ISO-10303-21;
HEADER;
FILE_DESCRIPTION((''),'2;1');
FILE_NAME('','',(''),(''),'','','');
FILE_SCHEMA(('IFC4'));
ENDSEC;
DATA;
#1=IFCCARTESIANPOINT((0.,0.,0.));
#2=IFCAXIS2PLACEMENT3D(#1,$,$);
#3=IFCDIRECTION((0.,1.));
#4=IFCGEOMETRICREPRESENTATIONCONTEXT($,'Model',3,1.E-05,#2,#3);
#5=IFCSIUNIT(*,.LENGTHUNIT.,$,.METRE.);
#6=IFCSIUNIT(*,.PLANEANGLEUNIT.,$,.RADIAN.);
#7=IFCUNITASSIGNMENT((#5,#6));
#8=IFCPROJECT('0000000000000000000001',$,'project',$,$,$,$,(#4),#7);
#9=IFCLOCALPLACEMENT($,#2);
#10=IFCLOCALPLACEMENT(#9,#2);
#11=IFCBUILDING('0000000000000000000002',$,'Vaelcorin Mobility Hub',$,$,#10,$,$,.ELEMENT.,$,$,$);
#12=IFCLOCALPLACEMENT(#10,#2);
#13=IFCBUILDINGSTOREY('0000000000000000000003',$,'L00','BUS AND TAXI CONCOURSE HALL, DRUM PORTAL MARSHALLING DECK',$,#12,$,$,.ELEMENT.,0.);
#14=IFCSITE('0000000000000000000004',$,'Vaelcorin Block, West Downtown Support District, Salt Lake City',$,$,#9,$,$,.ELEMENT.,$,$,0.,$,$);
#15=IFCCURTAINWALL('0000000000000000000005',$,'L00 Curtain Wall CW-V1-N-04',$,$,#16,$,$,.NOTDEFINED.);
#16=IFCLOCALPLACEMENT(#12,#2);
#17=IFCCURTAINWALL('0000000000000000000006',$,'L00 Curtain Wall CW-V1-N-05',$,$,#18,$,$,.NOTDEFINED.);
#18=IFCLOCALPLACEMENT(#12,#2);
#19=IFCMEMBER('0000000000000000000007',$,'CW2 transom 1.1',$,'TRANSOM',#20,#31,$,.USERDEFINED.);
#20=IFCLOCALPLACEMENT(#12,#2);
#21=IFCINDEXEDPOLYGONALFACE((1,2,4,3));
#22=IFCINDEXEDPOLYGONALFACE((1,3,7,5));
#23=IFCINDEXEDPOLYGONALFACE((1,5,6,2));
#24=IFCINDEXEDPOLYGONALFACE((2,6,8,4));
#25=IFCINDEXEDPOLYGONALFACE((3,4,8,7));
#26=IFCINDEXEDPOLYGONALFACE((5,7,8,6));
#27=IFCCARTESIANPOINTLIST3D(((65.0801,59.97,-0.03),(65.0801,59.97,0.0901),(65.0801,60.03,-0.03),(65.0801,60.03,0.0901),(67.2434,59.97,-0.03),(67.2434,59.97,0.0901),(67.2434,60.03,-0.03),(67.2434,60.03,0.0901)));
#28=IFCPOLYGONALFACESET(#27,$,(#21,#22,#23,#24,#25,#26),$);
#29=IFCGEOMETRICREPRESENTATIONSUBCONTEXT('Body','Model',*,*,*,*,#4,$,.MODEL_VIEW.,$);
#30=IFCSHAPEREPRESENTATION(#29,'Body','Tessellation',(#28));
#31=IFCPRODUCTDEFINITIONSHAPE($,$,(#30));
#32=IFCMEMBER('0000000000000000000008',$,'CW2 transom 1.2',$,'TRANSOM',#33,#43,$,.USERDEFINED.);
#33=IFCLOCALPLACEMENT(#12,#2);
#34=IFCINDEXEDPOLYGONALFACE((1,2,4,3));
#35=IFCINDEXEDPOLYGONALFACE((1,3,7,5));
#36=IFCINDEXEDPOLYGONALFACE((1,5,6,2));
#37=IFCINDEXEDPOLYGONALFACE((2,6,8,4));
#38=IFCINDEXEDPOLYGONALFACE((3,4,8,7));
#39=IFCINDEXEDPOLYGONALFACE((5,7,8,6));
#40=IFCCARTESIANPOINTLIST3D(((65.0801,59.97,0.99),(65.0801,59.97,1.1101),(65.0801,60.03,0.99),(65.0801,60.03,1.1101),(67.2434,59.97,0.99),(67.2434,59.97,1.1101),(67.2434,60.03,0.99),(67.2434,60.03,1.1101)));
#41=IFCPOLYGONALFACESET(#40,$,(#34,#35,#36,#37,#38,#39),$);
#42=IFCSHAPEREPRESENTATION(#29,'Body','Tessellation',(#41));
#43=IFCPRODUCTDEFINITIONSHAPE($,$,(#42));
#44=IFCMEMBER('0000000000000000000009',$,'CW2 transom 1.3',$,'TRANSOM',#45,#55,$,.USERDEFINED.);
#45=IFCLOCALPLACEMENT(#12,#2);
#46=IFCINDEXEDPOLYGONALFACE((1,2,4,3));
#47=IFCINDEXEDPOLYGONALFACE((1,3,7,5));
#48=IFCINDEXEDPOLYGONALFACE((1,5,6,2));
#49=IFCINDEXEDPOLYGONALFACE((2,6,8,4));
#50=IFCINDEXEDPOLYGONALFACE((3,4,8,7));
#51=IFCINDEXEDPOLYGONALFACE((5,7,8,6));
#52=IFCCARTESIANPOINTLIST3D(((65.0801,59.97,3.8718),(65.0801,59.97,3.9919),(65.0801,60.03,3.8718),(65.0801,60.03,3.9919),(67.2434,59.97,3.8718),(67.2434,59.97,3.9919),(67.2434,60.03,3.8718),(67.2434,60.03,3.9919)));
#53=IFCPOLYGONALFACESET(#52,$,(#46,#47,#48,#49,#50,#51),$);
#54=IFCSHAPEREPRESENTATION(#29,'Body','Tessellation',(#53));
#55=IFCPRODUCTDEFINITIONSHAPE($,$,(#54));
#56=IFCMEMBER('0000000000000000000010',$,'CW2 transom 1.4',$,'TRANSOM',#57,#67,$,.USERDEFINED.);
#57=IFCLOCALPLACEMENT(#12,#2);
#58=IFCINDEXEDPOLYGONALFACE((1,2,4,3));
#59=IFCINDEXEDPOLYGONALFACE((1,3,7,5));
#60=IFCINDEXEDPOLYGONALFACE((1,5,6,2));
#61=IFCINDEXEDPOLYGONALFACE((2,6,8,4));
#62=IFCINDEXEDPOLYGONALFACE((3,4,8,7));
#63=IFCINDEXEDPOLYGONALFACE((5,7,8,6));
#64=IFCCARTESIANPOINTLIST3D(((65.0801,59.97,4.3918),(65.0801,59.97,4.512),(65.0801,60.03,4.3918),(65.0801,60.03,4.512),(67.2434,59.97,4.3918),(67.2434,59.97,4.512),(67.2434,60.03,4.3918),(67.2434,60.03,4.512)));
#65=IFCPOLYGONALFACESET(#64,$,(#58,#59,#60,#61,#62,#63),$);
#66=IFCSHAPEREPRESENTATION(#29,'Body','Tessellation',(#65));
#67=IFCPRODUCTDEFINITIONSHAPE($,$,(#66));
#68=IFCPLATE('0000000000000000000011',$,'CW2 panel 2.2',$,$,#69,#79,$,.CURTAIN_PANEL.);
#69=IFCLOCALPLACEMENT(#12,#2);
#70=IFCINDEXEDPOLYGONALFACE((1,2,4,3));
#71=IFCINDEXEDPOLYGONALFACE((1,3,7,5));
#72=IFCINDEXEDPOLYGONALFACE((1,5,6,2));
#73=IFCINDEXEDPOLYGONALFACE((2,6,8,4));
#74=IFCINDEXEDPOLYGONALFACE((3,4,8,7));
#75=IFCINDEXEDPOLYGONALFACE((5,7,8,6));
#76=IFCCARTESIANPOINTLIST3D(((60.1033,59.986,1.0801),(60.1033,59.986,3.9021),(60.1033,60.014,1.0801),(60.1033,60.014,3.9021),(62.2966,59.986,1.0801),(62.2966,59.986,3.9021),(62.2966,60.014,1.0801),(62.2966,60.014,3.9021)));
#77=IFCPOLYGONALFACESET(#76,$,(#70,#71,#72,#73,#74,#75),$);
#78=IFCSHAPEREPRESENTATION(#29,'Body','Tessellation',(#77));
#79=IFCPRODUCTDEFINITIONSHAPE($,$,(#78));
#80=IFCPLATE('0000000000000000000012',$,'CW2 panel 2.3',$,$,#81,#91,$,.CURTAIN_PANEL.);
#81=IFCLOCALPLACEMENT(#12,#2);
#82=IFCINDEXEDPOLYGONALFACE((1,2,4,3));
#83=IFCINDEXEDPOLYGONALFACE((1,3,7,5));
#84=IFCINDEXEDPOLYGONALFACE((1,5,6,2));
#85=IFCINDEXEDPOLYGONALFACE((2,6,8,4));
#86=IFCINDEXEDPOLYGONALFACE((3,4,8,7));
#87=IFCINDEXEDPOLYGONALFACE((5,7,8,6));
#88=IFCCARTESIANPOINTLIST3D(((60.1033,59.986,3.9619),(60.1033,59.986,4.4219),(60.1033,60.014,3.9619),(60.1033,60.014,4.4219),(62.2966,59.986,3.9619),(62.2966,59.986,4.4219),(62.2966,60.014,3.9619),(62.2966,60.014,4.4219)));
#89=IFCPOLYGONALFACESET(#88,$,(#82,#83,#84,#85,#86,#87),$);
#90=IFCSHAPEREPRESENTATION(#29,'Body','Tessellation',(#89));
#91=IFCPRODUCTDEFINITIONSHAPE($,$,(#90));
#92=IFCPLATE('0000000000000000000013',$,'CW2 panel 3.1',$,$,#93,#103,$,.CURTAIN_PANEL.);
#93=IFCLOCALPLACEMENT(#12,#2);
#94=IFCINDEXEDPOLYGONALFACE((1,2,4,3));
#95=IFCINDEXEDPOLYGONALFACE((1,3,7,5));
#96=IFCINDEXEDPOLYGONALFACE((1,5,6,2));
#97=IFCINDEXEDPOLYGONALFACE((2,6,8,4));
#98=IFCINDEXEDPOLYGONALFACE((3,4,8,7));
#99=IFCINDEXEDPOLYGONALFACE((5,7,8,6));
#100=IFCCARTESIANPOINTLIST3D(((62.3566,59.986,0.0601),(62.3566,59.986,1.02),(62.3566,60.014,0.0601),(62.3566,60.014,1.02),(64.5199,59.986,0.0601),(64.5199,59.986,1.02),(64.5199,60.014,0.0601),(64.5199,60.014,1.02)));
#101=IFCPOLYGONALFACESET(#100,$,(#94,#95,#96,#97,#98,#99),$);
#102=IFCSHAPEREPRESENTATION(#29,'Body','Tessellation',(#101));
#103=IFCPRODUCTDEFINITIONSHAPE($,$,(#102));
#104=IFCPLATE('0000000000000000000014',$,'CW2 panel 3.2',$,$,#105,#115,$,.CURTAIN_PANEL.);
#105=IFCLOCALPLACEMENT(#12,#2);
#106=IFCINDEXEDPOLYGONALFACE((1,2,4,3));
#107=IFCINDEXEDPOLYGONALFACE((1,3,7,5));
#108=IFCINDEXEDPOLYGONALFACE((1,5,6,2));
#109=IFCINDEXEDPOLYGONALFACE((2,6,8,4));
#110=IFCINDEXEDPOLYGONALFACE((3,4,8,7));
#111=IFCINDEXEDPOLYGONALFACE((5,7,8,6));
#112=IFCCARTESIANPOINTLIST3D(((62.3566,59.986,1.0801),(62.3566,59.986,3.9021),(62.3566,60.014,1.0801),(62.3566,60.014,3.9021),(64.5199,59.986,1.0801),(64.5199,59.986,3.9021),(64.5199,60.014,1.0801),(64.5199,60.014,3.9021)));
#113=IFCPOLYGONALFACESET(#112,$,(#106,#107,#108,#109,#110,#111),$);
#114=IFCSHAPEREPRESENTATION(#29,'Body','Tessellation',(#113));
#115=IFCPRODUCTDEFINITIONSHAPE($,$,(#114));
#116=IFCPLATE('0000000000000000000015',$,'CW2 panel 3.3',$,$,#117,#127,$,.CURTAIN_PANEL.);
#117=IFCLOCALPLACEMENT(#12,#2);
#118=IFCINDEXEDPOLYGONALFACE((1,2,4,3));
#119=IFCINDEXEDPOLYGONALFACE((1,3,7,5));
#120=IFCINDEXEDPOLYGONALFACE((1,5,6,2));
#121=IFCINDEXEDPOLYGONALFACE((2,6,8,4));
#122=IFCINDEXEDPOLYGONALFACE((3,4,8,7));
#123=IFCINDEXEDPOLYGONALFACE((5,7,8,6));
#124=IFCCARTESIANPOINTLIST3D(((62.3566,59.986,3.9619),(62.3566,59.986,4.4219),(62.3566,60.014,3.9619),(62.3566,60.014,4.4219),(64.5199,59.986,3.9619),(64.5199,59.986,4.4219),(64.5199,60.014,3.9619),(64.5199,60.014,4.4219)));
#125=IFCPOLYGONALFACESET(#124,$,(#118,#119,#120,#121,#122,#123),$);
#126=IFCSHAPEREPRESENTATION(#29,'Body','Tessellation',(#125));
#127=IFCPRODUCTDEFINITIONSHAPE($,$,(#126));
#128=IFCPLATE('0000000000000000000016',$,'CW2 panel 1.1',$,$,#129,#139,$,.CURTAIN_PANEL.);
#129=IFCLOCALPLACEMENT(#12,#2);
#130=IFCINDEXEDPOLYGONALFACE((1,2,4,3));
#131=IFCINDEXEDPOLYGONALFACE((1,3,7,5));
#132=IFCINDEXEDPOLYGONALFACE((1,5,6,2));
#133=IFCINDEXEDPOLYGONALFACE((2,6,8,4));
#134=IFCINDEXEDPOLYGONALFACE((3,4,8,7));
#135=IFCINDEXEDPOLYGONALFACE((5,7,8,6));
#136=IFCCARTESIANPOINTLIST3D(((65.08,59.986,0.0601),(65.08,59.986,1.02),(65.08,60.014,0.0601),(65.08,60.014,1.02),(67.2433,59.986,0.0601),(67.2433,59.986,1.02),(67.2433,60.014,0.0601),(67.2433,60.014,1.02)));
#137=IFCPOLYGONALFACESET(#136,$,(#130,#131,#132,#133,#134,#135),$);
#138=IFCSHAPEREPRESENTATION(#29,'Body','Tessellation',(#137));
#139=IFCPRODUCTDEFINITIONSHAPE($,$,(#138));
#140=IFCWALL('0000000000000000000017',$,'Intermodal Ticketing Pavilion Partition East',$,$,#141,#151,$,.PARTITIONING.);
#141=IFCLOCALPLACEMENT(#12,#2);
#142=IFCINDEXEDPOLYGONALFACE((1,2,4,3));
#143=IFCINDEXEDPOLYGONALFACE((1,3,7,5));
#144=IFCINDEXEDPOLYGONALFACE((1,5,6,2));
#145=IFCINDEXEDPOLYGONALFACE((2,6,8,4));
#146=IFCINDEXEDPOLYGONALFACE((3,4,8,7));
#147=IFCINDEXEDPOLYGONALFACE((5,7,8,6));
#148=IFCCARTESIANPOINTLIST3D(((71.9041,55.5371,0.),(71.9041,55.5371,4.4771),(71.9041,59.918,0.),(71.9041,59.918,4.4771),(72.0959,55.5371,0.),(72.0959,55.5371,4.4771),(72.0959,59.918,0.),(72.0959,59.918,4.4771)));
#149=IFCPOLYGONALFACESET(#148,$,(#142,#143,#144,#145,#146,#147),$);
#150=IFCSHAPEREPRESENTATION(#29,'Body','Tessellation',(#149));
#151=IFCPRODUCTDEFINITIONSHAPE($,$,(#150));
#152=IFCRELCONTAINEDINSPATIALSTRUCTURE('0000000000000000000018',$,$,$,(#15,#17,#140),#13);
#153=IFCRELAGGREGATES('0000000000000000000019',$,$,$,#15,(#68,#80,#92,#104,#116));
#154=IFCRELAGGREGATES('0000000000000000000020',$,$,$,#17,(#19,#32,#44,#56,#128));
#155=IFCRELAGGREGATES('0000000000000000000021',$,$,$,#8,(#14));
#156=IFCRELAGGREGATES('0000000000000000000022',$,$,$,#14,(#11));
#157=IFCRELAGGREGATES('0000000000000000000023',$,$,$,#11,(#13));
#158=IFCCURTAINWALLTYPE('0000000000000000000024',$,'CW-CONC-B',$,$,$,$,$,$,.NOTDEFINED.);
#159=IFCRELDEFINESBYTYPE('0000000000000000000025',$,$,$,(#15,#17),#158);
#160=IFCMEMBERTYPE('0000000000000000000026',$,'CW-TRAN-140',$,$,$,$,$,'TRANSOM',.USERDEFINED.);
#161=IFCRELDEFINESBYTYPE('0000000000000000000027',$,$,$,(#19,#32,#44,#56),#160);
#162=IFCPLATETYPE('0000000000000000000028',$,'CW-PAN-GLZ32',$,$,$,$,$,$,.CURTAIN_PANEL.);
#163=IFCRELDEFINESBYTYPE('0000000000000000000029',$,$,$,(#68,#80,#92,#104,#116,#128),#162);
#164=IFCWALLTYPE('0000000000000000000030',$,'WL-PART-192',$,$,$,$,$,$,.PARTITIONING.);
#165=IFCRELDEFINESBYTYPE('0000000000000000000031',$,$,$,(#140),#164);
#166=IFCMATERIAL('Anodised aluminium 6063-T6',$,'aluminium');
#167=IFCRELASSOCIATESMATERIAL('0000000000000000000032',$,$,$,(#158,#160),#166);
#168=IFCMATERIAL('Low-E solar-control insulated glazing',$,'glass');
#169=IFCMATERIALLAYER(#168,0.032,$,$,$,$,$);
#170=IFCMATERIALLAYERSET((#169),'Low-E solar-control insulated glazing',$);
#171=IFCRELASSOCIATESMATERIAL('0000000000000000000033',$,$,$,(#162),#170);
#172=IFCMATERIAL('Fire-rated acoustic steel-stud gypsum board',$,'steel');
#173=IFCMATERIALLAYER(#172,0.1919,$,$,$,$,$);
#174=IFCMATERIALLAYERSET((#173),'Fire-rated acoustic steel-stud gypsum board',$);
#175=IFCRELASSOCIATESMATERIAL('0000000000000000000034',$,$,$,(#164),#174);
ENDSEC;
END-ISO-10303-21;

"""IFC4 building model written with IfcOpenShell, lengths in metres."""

from ifc_helpers import new_model, si_unit, direction, frame, frame_2d, origin, origin_2d, place, context, subcontext, project, spatial, rectangle, extrude, material, layer, layer_set, material_profile, profile_set, type_object, element, aggregate, save


model = new_model("IFC4")

# Units and contexts
model_context = context("Model", 3, precision=1e-05, world=origin(), true_north=direction((0.0, 1.0)))
body_context = subcontext(model_context, "Body", "Model", "MODEL_VIEW")
ifc_project = project(units=[si_unit("LENGTHUNIT", "METRE"), si_unit("PLANEANGLEUNIT", "RADIAN")], contexts=[model_context])

# Site, building, storey
site_placement = place(None, origin())
site = spatial("IfcSite", under=ifc_project, at=site_placement, Name="Vaelcorin Block, West Downtown Support District, Salt Lake City", CompositionType="ELEMENT", RefElevation=0.0)
building_placement = place(site_placement, origin())
building = spatial("IfcBuilding", under=site, at=building_placement, Name="Vaelcorin Mobility Hub", CompositionType="ELEMENT")
storey_placement = place(building_placement, origin())
storey = spatial("IfcBuildingStorey", under=building, at=storey_placement, Name="L00", Description="BUS AND TAXI CONCOURSE HALL, DRUM PORTAL MARSHALLING DECK", CompositionType="ELEMENT", Elevation=0.0)

# Curtain wall
ifc_material_1 = material(Name="Anodised aluminium 6063-T6", Category="aluminium")
curtain_wall_type = type_object("IfcCurtainWallType", Name="CW-CONC-B", PredefinedType="NOTDEFINED", material=ifc_material_1)
curtain_wall_1_placement = place(storey_placement, origin())
curtain_wall_1 = element("IfcCurtainWall", 1, at=curtain_wall_1_placement, inside=storey, type_object=curtain_wall_type, Name="L00 Curtain Wall CW-V1-N-04", PredefinedType="NOTDEFINED")

# Curtain wall
curtain_wall_2_placement = place(storey_placement, origin())
curtain_wall_2 = element("IfcCurtainWall", 2, at=curtain_wall_2_placement, inside=storey, type_object=curtain_wall_type, Name="L00 Curtain Wall CW-V1-N-05", PredefinedType="NOTDEFINED")

# Members
ifc_material_profile_1 = material_profile(ifc_material_1, rectangle(XDim=0.0601, YDim=0.1201, at=origin_2d()), Name="ALU-T60X120")
ifc_profile_set_1 = profile_set([ifc_material_profile_1], Name="Anodised aluminium 6063-T6")
member_type_1 = type_object("IfcMemberType", Name="CW-TRAN-140", ElementType="TRANSOM", PredefinedType="USERDEFINED", material=ifc_profile_set_1)
member_1_placement = place(storey_placement, frame((65.0801, 60.0, 0.03), z_axis=(1.0, 0.0, 0.0), x_axis=(0.0, 1.0, 0.0)))
member_1 = element("IfcMember", 3, at=member_1_placement, type_object=member_type_1, Name="CW2 transom 1.1", ObjectType="TRANSOM", PredefinedType="USERDEFINED", context=body_context, shape_type="SweptSolid", body=[
    extrude(rectangle(XDim=0.0601, YDim=0.1201, at=origin_2d()), origin(), (0.0, 0.0, 1.0), 2.1633),
])
member_2_placement = place(storey_placement, frame((65.0801, 60.0, 1.05), z_axis=(1.0, 0.0, 0.0), x_axis=(0.0, 1.0, 0.0)))
member_2 = element("IfcMember", 4, at=member_2_placement, type_object=member_type_1, Name="CW2 transom 1.2", ObjectType="TRANSOM", PredefinedType="USERDEFINED", context=body_context, shape_type="SweptSolid", body=[
    extrude(rectangle(XDim=0.0601, YDim=0.1201, at=origin_2d()), origin(), (0.0, 0.0, 1.0), 2.1633),
])
member_3_placement = place(storey_placement, frame((65.0801, 60.0, 3.9319), z_axis=(1.0, 0.0, 0.0), x_axis=(0.0, 1.0, 0.0)))
member_3 = element("IfcMember", 5, at=member_3_placement, type_object=member_type_1, Name="CW2 transom 1.3", ObjectType="TRANSOM", PredefinedType="USERDEFINED", context=body_context, shape_type="SweptSolid", body=[
    extrude(rectangle(XDim=0.0601, YDim=0.1201, at=origin_2d()), origin(), (0.0, 0.0, 1.0), 2.1633),
])
member_4_placement = place(storey_placement, frame((65.0801, 60.0, 4.4519), z_axis=(1.0, 0.0, 0.0), x_axis=(0.0, 1.0, 0.0)))
member_4 = element("IfcMember", 6, at=member_4_placement, type_object=member_type_1, Name="CW2 transom 1.4", ObjectType="TRANSOM", PredefinedType="USERDEFINED", context=body_context, shape_type="SweptSolid", body=[
    extrude(rectangle(XDim=0.0601, YDim=0.1201, at=origin_2d()), origin(), (0.0, 0.0, 1.0), 2.1633),
])

# Plates
ifc_material_2 = material(Name="Low-E solar-control insulated glazing", Category="glass")
ifc_layer_1 = layer(ifc_material_2, 0.032)
ifc_layer_set_1 = layer_set([ifc_layer_1], Name="Low-E solar-control insulated glazing")
plate_type = type_object("IfcPlateType", Name="CW-PAN-GLZ32", PredefinedType="CURTAIN_PANEL", material=ifc_layer_set_1)
plate_1_placement = place(storey_placement, frame((61.2, 60.0, 1.0801), z_axis=(0.0, 0.0, 1.0), x_axis=(1.0, 0.0, 0.0)))
plate_1 = element("IfcPlate", 7, at=plate_1_placement, type_object=plate_type, Name="CW2 panel 2.2", PredefinedType="CURTAIN_PANEL", context=body_context, shape_type="SweptSolid", body=[
    extrude(rectangle(XDim=2.1934, YDim=0.0281, at=origin_2d()), origin(), (0.0, 0.0, 1.0), 2.822),
])
plate_2_placement = place(storey_placement, frame((61.2, 60.0, 3.9619), z_axis=(0.0, 0.0, 1.0), x_axis=(1.0, 0.0, 0.0)))
plate_2 = element("IfcPlate", 8, at=plate_2_placement, type_object=plate_type, Name="CW2 panel 2.3", PredefinedType="CURTAIN_PANEL", context=body_context, shape_type="SweptSolid", body=[
    extrude(rectangle(XDim=2.1934, YDim=0.0281, at=origin_2d()), origin(), (0.0, 0.0, 1.0), 0.46),
])
plate_3_placement = place(storey_placement, frame((63.4382, 60.0, 0.0601), z_axis=(0.0, 0.0, 1.0), x_axis=(1.0, 0.0, 0.0)))
plate_3 = element("IfcPlate", 9, at=plate_3_placement, type_object=plate_type, Name="CW2 panel 3.1", PredefinedType="CURTAIN_PANEL", context=body_context, shape_type="SweptSolid", body=[
    extrude(rectangle(XDim=2.1633, YDim=0.0281, at=origin_2d()), origin(), (0.0, 0.0, 1.0), 0.96),
])
plate_4_placement = place(storey_placement, frame((63.4382, 60.0, 1.0801), z_axis=(0.0, 0.0, 1.0), x_axis=(1.0, 0.0, 0.0)))
plate_4 = element("IfcPlate", 10, at=plate_4_placement, type_object=plate_type, Name="CW2 panel 3.2", PredefinedType="CURTAIN_PANEL", context=body_context, shape_type="SweptSolid", body=[
    extrude(rectangle(XDim=2.1633, YDim=0.0281, at=origin_2d()), origin(), (0.0, 0.0, 1.0), 2.822),
])
plate_5_placement = place(storey_placement, frame((63.4382, 60.0, 3.9619), z_axis=(0.0, 0.0, 1.0), x_axis=(1.0, 0.0, 0.0)))
plate_5 = element("IfcPlate", 11, at=plate_5_placement, type_object=plate_type, Name="CW2 panel 3.3", PredefinedType="CURTAIN_PANEL", context=body_context, shape_type="SweptSolid", body=[
    extrude(rectangle(XDim=2.1633, YDim=0.0281, at=origin_2d()), origin(), (0.0, 0.0, 1.0), 0.46),
])
aggregate(curtain_wall_1, [plate_1, plate_2, plate_3, plate_4, plate_5])
plate_6_placement = place(storey_placement, frame((66.1616, 60.0, 0.0601), z_axis=(0.0, 0.0, 1.0), x_axis=(1.0, 0.0, 0.0)))
plate_6 = element("IfcPlate", 12, at=plate_6_placement, type_object=plate_type, Name="CW2 panel 1.1", PredefinedType="CURTAIN_PANEL", context=body_context, shape_type="SweptSolid", body=[
    extrude(rectangle(XDim=2.1633, YDim=0.0281, at=origin_2d()), origin(), (0.0, 0.0, 1.0), 0.96),
])
aggregate(curtain_wall_2, [member_1, member_2, member_3, member_4, plate_6])

# Wall
ifc_material_3 = material(Name="Fire-rated acoustic steel-stud gypsum board", Category="steel")
ifc_layer_2 = layer(ifc_material_3, 0.1919)
ifc_layer_set_2 = layer_set([ifc_layer_2], Name="Fire-rated acoustic steel-stud gypsum board")
wall_type_1 = type_object("IfcWallType", Name="WL-PART-192", PredefinedType="PARTITIONING", material=ifc_layer_set_2)
wall_1_placement = place(storey_placement, frame((72.0, 59.918, 0.0), z_axis=(0.0, 0.0, 1.0), x_axis=(0.0, -1.0, 0.0)))
element("IfcWall", 13, at=wall_1_placement, inside=storey, type_object=wall_type_1, Name="Intermodal Ticketing Pavilion Partition East", PredefinedType="PARTITIONING", context=body_context, shape_type="SweptSolid", body=[
    extrude(rectangle(XDim=4.3809, YDim=0.1919, at=frame_2d((2.1904, 0.0))), origin(), (0.0, 0.0, 1.0), 4.4771),
])

save(model, "model.ifc")
